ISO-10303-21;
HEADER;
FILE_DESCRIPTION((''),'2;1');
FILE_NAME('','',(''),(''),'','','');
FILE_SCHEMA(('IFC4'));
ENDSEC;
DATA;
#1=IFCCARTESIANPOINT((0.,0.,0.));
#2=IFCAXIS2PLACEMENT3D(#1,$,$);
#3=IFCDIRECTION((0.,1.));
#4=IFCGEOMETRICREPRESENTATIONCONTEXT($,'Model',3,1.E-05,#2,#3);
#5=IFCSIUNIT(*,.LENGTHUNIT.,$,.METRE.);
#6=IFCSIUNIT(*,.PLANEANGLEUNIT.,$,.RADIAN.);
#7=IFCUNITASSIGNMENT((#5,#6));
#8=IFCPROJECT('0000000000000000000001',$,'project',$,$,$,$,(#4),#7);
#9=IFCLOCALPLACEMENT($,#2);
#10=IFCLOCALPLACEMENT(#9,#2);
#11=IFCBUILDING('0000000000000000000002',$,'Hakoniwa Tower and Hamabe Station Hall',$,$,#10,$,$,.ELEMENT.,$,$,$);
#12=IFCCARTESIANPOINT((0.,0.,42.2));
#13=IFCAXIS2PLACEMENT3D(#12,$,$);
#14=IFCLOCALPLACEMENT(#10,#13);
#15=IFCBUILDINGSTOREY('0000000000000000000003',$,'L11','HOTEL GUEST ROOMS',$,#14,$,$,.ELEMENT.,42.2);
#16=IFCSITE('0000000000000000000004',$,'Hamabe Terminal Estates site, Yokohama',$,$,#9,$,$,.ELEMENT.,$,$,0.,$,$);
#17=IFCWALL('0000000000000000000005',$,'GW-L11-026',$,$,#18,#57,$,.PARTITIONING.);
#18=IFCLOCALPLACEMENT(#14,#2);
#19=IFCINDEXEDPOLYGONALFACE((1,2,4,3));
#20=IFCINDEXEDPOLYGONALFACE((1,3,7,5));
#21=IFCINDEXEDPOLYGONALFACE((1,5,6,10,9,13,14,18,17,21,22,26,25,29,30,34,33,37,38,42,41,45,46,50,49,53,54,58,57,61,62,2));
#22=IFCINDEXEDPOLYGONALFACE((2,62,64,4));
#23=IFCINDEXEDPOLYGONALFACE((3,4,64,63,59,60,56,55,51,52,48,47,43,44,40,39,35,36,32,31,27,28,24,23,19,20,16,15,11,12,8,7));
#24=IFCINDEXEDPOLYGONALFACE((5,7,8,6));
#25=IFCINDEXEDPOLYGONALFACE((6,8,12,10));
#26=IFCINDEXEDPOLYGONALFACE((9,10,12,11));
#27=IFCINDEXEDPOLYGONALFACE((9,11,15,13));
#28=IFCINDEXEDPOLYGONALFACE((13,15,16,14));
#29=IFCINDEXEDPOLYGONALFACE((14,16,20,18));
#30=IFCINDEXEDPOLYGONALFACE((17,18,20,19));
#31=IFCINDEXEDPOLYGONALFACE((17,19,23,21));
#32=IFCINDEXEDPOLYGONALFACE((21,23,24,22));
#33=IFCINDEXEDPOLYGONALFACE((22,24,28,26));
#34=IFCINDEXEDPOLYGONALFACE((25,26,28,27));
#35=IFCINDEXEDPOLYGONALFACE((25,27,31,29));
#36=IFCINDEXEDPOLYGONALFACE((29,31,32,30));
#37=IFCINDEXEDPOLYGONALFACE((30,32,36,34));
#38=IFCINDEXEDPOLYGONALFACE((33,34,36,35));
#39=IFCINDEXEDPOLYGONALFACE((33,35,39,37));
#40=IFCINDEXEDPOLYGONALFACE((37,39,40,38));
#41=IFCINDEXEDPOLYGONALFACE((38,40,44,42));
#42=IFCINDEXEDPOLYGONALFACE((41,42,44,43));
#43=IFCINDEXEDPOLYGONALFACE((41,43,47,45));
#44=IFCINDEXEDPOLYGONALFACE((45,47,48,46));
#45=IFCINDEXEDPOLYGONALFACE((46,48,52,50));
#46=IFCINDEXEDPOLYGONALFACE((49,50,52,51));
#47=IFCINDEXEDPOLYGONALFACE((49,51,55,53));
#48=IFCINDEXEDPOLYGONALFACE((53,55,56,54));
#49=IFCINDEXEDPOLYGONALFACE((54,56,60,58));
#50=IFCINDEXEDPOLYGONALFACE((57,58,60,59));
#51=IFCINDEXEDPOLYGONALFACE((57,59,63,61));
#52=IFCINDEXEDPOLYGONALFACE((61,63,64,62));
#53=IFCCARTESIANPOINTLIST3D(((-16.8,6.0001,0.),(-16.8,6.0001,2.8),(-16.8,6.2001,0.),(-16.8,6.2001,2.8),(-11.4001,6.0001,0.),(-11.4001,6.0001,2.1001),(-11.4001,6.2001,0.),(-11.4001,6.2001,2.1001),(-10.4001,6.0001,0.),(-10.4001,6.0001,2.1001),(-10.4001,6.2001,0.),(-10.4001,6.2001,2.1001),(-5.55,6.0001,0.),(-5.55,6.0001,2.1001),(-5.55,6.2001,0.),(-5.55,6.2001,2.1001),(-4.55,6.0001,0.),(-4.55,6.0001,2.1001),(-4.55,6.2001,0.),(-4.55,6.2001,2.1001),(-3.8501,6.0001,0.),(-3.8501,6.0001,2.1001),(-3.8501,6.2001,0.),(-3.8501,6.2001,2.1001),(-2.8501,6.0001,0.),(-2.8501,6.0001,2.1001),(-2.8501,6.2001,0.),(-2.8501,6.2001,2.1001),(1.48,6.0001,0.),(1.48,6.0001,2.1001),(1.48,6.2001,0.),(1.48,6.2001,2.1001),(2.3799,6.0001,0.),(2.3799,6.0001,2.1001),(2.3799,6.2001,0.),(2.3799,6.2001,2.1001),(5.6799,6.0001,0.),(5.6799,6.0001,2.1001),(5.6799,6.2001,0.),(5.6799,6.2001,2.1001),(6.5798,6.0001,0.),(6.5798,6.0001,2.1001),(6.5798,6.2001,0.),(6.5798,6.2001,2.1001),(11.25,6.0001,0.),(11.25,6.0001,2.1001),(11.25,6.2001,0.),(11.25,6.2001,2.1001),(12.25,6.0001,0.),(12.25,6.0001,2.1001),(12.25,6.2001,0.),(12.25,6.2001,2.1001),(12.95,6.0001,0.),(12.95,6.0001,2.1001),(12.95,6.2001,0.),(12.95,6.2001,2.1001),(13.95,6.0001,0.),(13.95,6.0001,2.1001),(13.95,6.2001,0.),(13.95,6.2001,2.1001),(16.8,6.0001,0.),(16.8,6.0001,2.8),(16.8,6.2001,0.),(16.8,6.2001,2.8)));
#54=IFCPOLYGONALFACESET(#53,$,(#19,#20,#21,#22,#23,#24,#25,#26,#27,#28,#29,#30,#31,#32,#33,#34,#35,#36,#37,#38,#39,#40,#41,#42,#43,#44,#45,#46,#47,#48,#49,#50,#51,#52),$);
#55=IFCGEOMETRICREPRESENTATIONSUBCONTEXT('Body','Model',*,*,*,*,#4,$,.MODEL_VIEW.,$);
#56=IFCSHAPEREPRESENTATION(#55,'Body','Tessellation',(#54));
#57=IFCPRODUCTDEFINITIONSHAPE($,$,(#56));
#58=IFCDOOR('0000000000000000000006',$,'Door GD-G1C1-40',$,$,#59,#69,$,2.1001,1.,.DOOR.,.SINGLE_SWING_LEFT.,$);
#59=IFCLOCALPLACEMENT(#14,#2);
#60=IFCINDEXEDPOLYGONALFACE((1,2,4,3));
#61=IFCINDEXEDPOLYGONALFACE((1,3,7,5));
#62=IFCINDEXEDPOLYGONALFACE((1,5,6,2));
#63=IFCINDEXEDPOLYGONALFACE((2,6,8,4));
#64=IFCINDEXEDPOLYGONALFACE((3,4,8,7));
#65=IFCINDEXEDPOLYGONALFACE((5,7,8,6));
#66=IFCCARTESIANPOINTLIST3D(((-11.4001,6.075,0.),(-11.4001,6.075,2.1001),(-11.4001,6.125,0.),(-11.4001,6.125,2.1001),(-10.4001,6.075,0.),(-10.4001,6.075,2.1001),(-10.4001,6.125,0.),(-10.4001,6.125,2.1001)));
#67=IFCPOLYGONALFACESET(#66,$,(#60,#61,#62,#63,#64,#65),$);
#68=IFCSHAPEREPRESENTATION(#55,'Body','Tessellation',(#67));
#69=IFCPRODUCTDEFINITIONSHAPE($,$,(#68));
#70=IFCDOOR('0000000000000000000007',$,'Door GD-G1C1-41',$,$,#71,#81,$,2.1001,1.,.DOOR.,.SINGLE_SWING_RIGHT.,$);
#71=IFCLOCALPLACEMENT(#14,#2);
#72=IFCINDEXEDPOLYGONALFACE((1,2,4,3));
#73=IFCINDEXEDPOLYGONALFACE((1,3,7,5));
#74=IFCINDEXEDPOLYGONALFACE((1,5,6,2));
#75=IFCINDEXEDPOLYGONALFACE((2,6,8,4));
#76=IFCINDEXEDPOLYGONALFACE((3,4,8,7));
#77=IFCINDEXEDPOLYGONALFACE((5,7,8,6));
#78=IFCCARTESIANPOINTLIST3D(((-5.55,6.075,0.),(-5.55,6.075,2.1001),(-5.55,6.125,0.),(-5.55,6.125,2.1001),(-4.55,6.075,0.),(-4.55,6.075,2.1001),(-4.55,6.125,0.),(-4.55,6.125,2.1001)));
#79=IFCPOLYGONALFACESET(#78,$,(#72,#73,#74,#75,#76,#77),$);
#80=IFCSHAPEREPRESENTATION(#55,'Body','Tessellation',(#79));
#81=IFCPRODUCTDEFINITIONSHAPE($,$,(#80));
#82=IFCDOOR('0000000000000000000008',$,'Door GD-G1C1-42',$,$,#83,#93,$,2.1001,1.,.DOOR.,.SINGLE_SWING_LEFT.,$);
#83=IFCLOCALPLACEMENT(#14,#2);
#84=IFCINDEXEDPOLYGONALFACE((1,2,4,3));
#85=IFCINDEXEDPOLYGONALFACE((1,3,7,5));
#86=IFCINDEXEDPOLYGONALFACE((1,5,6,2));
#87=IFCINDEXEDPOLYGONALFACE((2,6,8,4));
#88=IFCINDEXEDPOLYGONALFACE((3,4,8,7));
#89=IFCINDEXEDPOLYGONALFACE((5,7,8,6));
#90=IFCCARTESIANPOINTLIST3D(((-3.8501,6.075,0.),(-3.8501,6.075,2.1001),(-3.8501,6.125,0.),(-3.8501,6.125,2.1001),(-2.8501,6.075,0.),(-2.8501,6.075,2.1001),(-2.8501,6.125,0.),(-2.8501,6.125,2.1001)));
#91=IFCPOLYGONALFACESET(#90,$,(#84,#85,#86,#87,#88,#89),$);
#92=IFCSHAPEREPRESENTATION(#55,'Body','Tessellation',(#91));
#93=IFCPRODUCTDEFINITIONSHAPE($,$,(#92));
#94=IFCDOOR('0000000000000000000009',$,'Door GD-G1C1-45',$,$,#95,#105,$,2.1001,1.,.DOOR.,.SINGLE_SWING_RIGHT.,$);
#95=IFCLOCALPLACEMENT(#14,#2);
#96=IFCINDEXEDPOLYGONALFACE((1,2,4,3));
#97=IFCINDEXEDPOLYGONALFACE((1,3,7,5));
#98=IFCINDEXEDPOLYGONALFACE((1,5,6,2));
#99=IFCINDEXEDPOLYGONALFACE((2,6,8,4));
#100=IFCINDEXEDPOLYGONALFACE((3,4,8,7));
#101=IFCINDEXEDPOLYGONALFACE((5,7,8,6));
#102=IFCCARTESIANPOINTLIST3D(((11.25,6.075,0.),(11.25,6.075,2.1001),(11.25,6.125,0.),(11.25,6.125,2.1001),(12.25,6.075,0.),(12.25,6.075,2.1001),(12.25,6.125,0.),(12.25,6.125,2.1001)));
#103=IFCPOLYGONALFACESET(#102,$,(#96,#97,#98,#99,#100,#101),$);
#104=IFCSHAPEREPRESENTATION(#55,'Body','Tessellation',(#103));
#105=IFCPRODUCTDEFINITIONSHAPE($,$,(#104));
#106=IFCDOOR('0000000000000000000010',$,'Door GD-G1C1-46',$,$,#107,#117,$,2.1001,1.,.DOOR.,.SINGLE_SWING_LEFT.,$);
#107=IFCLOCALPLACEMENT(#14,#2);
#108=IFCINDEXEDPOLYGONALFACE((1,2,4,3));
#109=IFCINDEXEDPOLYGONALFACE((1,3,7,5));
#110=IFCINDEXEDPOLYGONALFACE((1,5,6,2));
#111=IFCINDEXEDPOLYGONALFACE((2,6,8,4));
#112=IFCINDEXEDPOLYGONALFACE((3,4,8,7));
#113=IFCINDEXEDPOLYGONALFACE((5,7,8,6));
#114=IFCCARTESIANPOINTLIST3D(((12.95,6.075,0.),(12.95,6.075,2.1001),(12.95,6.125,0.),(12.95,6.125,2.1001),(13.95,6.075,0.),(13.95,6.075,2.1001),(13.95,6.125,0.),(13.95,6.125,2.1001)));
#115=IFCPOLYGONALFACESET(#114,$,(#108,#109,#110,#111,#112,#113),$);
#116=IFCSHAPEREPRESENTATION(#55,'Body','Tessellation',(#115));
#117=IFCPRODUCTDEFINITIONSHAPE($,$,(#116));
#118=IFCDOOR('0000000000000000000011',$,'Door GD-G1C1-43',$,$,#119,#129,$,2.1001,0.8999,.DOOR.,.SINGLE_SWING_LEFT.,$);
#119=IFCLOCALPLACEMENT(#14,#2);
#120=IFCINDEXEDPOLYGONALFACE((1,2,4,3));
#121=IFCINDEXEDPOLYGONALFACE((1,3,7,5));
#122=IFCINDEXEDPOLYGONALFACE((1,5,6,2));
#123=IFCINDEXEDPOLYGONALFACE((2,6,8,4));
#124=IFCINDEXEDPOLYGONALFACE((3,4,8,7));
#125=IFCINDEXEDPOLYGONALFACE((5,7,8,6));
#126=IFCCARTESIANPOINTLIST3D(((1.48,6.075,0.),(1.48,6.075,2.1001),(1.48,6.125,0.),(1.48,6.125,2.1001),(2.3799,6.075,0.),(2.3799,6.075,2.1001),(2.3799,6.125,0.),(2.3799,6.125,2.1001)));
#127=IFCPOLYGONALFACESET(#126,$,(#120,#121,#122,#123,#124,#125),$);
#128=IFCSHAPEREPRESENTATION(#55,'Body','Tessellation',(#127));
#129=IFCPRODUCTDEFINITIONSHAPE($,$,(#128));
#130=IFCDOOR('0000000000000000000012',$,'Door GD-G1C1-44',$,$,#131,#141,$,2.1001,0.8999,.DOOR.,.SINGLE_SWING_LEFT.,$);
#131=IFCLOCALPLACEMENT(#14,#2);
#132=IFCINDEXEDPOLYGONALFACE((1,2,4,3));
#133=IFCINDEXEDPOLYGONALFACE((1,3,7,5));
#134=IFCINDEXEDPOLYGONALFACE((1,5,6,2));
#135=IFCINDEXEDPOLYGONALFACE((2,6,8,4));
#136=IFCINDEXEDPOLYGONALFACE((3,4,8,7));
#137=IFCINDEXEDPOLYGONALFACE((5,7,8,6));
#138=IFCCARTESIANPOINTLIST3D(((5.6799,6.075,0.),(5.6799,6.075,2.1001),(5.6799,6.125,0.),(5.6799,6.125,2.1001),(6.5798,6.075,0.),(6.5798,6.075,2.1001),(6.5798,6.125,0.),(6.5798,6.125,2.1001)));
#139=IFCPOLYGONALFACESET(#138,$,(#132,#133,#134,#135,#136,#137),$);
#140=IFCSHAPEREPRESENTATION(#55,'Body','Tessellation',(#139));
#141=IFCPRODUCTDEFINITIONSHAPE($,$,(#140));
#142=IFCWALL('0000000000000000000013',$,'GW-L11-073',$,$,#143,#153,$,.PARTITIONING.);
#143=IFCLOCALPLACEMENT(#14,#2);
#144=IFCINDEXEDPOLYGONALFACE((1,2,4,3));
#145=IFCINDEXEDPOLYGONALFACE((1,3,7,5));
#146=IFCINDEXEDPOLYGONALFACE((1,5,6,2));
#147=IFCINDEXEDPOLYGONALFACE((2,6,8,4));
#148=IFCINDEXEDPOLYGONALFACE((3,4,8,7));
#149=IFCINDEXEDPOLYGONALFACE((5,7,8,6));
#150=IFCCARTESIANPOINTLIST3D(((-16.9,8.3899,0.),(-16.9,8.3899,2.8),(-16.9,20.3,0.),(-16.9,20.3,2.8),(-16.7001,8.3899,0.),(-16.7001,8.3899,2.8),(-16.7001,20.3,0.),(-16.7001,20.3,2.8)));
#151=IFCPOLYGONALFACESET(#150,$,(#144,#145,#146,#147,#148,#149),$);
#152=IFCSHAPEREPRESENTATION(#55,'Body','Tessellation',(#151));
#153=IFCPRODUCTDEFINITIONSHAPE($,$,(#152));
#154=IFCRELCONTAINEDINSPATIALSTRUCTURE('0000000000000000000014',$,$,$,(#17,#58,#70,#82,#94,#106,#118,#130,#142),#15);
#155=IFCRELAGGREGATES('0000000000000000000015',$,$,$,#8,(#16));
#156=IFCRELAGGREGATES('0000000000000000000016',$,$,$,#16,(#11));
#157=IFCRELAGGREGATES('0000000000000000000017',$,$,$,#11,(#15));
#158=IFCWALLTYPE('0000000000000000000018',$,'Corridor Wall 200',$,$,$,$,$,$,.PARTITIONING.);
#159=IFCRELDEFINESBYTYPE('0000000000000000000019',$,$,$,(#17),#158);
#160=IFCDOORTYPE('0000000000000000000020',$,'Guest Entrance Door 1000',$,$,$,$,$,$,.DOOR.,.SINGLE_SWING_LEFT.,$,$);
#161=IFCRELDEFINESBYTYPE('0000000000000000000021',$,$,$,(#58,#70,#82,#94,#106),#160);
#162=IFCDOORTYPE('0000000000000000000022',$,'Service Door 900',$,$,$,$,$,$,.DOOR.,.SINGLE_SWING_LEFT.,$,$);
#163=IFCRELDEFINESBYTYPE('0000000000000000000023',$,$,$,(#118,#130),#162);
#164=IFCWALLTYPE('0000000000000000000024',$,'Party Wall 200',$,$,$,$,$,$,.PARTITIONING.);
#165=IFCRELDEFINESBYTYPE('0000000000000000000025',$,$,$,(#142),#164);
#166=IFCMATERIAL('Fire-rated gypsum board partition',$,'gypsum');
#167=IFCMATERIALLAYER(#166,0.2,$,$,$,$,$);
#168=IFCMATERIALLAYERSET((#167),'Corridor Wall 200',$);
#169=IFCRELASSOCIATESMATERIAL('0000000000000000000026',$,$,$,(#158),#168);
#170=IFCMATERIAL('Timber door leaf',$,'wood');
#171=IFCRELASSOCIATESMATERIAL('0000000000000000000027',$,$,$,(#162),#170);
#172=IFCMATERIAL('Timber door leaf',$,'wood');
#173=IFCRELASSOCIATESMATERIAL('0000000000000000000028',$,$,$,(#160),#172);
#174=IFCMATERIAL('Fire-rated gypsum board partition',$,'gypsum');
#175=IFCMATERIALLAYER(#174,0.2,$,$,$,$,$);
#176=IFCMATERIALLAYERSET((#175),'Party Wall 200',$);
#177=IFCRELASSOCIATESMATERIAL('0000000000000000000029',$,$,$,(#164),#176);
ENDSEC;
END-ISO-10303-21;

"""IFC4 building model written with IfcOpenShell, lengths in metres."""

from ifc_helpers import new_model, si_unit, direction, frame, frame_2d, origin, place, context, subcontext, project, spatial, rectangle, extrude, material, layer, layer_set, type_object, element, fill, save


model = new_model("IFC4")

# Units and contexts
model_context = context("Model", 3, precision=1e-05, world=origin(), true_north=direction((0.0, 1.0)))
body_context = subcontext(model_context, "Body", "Model", "MODEL_VIEW")
ifc_project = project(units=[si_unit("LENGTHUNIT", "METRE"), si_unit("PLANEANGLEUNIT", "RADIAN")], contexts=[model_context])

# Site, building, storey
site_placement = place(None, origin())
site = spatial("IfcSite", under=ifc_project, at=site_placement, Name="Hamabe Terminal Estates site, Yokohama", CompositionType="ELEMENT", RefElevation=0.0)
building_placement = place(site_placement, origin())
building = spatial("IfcBuilding", under=site, at=building_placement, Name="Hakoniwa Tower and Hamabe Station Hall", CompositionType="ELEMENT")
storey_placement = place(building_placement, frame((0.0, 0.0, 42.2)))
storey = spatial("IfcBuildingStorey", under=building, at=storey_placement, Name="L11", Description="HOTEL GUEST ROOMS", CompositionType="ELEMENT", Elevation=42.2)

# Wall, openings, doors
ifc_material_1 = material(Name="Fire-rated gypsum board partition", Category="gypsum")
ifc_layer_1 = layer(ifc_material_1, 0.2)
ifc_layer_set_1 = layer_set([ifc_layer_1], Name="Corridor Wall 200")
wall_type_1 = type_object("IfcWallType", Name="Corridor Wall 200", PredefinedType="PARTITIONING", material=ifc_layer_set_1)
ifc_material_2 = material(Name="Timber door leaf", Category="wood")
door_type_1 = type_object("IfcDoorType", Name="Service Door 900", OperationType="SINGLE_SWING_LEFT", PredefinedType="DOOR", material=ifc_material_2)
wall_1_placement = place(storey_placement, frame((-16.8, 6.1001, 0.0), z_axis=(0.0, 0.0, 1.0), x_axis=(1.0, 0.0, 0.0)))
wall_1 = element("IfcWall", 1, at=wall_1_placement, inside=storey, type_object=wall_type_1, Name="GW-L11-026", PredefinedType="PARTITIONING", context=body_context, shape_type="SweptSolid", body=[
    extrude(rectangle(XDim=33.6001, YDim=0.2, at=frame_2d((16.8, 0.0))), origin(), (0.0, 0.0, 1.0), 2.8),
])
opening_1_placement = place(wall_1_placement, frame((5.3999, 0.0, 0.0)))
opening_1 = element("IfcOpeningElement", 2, at=opening_1_placement, cuts=wall_1, PredefinedType="OPENING", context=body_context, shape_type="SweptSolid", body=[
    extrude(rectangle(XDim=1.0, YDim=2.1001, at=frame_2d((0.5, 1.05))), frame((0.0, 0.1099, 0.0), z_axis=(0.0, -1.0, 0.0), x_axis=(1.0, 0.0, 0.0)), (0.0, 0.0, 1.0), 0.22),
])
opening_2_placement = place(wall_1_placement, frame((11.25, 0.0, 0.0)))
opening_2 = element("IfcOpeningElement", 3, at=opening_2_placement, cuts=wall_1, PredefinedType="OPENING", context=body_context, shape_type="SweptSolid", body=[
    extrude(rectangle(XDim=1.0, YDim=2.1001, at=frame_2d((0.5, 1.05))), frame((0.0, 0.1099, 0.0), z_axis=(0.0, -1.0, 0.0), x_axis=(1.0, 0.0, 0.0)), (0.0, 0.0, 1.0), 0.22),
])
opening_3_placement = place(wall_1_placement, frame((12.95, 0.0, 0.0)))
opening_3 = element("IfcOpeningElement", 4, at=opening_3_placement, cuts=wall_1, PredefinedType="OPENING", context=body_context, shape_type="SweptSolid", body=[
    extrude(rectangle(XDim=1.0, YDim=2.1001, at=frame_2d((0.5, 1.05))), frame((0.0, 0.1099, 0.0), z_axis=(0.0, -1.0, 0.0), x_axis=(1.0, 0.0, 0.0)), (0.0, 0.0, 1.0), 0.22),
])
opening_4_placement = place(wall_1_placement, frame((18.28, 0.0, 0.0)))
opening_4 = element("IfcOpeningElement", 5, at=opening_4_placement, cuts=wall_1, PredefinedType="OPENING", context=body_context, shape_type="SweptSolid", body=[
    extrude(rectangle(XDim=0.8999, YDim=2.1001, at=frame_2d((0.45, 1.05))), frame((0.0, 0.1099, 0.0), z_axis=(0.0, -1.0, 0.0), x_axis=(1.0, 0.0, 0.0)), (0.0, 0.0, 1.0), 0.22),
])
opening_5_placement = place(wall_1_placement, frame((22.48, 0.0, 0.0)))
opening_5 = element("IfcOpeningElement", 6, at=opening_5_placement, cuts=wall_1, PredefinedType="OPENING", context=body_context, shape_type="SweptSolid", body=[
    extrude(rectangle(XDim=0.8999, YDim=2.1001, at=frame_2d((0.45, 1.05))), frame((0.0, 0.1099, 0.0), z_axis=(0.0, -1.0, 0.0), x_axis=(1.0, 0.0, 0.0)), (0.0, 0.0, 1.0), 0.22),
])
opening_6_placement = place(wall_1_placement, frame((28.05, 0.0, 0.0)))
opening_6 = element("IfcOpeningElement", 7, at=opening_6_placement, cuts=wall_1, PredefinedType="OPENING", context=body_context, shape_type="SweptSolid", body=[
    extrude(rectangle(XDim=1.0, YDim=2.1001, at=frame_2d((0.5, 1.05))), frame((0.0, 0.1099, 0.0), z_axis=(0.0, -1.0, 0.0), x_axis=(1.0, 0.0, 0.0)), (0.0, 0.0, 1.0), 0.22),
])
opening_7_placement = place(wall_1_placement, frame((29.75, 0.0, 0.0)))
opening_7 = element("IfcOpeningElement", 8, at=opening_7_placement, cuts=wall_1, PredefinedType="OPENING", context=body_context, shape_type="SweptSolid", body=[
    extrude(rectangle(XDim=1.0, YDim=2.1001, at=frame_2d((0.5, 1.05))), frame((0.0, 0.1099, 0.0), z_axis=(0.0, -1.0, 0.0), x_axis=(1.0, 0.0, 0.0)), (0.0, 0.0, 1.0), 0.22),
])
ifc_material_3 = material(Name="Timber door leaf", Category="wood")
door_type_2 = type_object("IfcDoorType", Name="Guest Entrance Door 1000", OperationType="SINGLE_SWING_LEFT", PredefinedType="DOOR", material=ifc_material_3)
door_1_placement = place(opening_1_placement, origin())
door_1 = element("IfcDoor", 9, at=door_1_placement, inside=storey, type_object=door_type_2, Name="Door GD-G1C1-40", OperationType="SINGLE_SWING_LEFT", OverallHeight=2.1001, OverallWidth=1.0, PredefinedType="DOOR", context=body_context, shape_type="SweptSolid", body=[
    extrude(rectangle(XDim=1.0, YDim=2.1001, at=frame_2d((0.5, 1.05))), frame((0.0, 0.0249, 0.0), z_axis=(0.0, -1.0, 0.0), x_axis=(1.0, 0.0, 0.0)), (0.0, 0.0, 1.0), 0.05),
])
fill(opening_1, door_1)
door_2_placement = place(opening_2_placement, origin())
door_2 = element("IfcDoor", 10, at=door_2_placement, inside=storey, type_object=door_type_2, Name="Door GD-G1C1-41", OperationType="SINGLE_SWING_RIGHT", OverallHeight=2.1001, OverallWidth=1.0, PredefinedType="DOOR", context=body_context, shape_type="SweptSolid", body=[
    extrude(rectangle(XDim=1.0, YDim=2.1001, at=frame_2d((0.5, 1.05))), frame((0.0, 0.0249, 0.0), z_axis=(0.0, -1.0, 0.0), x_axis=(1.0, 0.0, 0.0)), (0.0, 0.0, 1.0), 0.05),
])
fill(opening_2, door_2)
door_3_placement = place(opening_3_placement, origin())
door_3 = element("IfcDoor", 11, at=door_3_placement, inside=storey, type_object=door_type_2, Name="Door GD-G1C1-42", OperationType="SINGLE_SWING_LEFT", OverallHeight=2.1001, OverallWidth=1.0, PredefinedType="DOOR", context=body_context, shape_type="SweptSolid", body=[
    extrude(rectangle(XDim=1.0, YDim=2.1001, at=frame_2d((0.5, 1.05))), frame((0.0, 0.0249, 0.0), z_axis=(0.0, -1.0, 0.0), x_axis=(1.0, 0.0, 0.0)), (0.0, 0.0, 1.0), 0.05),
])
fill(opening_3, door_3)
door_4_placement = place(opening_6_placement, origin())
door_4 = element("IfcDoor", 12, at=door_4_placement, inside=storey, type_object=door_type_2, Name="Door GD-G1C1-45", OperationType="SINGLE_SWING_RIGHT", OverallHeight=2.1001, OverallWidth=1.0, PredefinedType="DOOR", context=body_context, shape_type="SweptSolid", body=[
    extrude(rectangle(XDim=1.0, YDim=2.1001, at=frame_2d((0.5, 1.05))), frame((0.0, 0.0249, 0.0), z_axis=(0.0, -1.0, 0.0), x_axis=(1.0, 0.0, 0.0)), (0.0, 0.0, 1.0), 0.05),
])
fill(opening_6, door_4)
door_5_placement = place(opening_7_placement, origin())
door_5 = element("IfcDoor", 13, at=door_5_placement, inside=storey, type_object=door_type_2, Name="Door GD-G1C1-46", OperationType="SINGLE_SWING_LEFT", OverallHeight=2.1001, OverallWidth=1.0, PredefinedType="DOOR", context=body_context, shape_type="SweptSolid", body=[
    extrude(rectangle(XDim=1.0, YDim=2.1001, at=frame_2d((0.5, 1.05))), frame((0.0, 0.0249, 0.0), z_axis=(0.0, -1.0, 0.0), x_axis=(1.0, 0.0, 0.0)), (0.0, 0.0, 1.0), 0.05),
])
fill(opening_7, door_5)
door_6_placement = place(opening_4_placement, origin())
door_6 = element("IfcDoor", 14, at=door_6_placement, inside=storey, type_object=door_type_1, Name="Door GD-G1C1-43", OperationType="SINGLE_SWING_LEFT", OverallHeight=2.1001, OverallWidth=0.8999, PredefinedType="DOOR", context=body_context, shape_type="SweptSolid", body=[
    extrude(rectangle(XDim=0.8999, YDim=2.1001, at=frame_2d((0.45, 1.05))), frame((0.0, 0.0249, 0.0), z_axis=(0.0, -1.0, 0.0), x_axis=(1.0, 0.0, 0.0)), (0.0, 0.0, 1.0), 0.05),
])
fill(opening_4, door_6)
door_7_placement = place(opening_5_placement, origin())
door_7 = element("IfcDoor", 15, at=door_7_placement, inside=storey, type_object=door_type_1, Name="Door GD-G1C1-44", OperationType="SINGLE_SWING_LEFT", OverallHeight=2.1001, OverallWidth=0.8999, PredefinedType="DOOR", context=body_context, shape_type="SweptSolid", body=[
    extrude(rectangle(XDim=0.8999, YDim=2.1001, at=frame_2d((0.45, 1.05))), frame((0.0, 0.0249, 0.0), z_axis=(0.0, -1.0, 0.0), x_axis=(1.0, 0.0, 0.0)), (0.0, 0.0, 1.0), 0.05),
])
fill(opening_5, door_7)

# Wall
ifc_material_4 = material(Name="Fire-rated gypsum board partition", Category="gypsum")
ifc_layer_2 = layer(ifc_material_4, 0.2)
ifc_layer_set_2 = layer_set([ifc_layer_2], Name="Party Wall 200")
wall_type_2 = type_object("IfcWallType", Name="Party Wall 200", PredefinedType="PARTITIONING", material=ifc_layer_set_2)
wall_2_placement = place(storey_placement, frame((-16.8, 8.3899, 0.0), z_axis=(0.0, 0.0, 1.0), x_axis=(0.0, 1.0, 0.0)))
element("IfcWall", 16, at=wall_2_placement, inside=storey, type_object=wall_type_2, Name="GW-L11-073", PredefinedType="PARTITIONING", context=body_context, shape_type="SweptSolid", body=[
    extrude(rectangle(XDim=11.9102, YDim=0.2, at=frame_2d((5.9551, 0.0))), origin(), (0.0, 0.0, 1.0), 2.8),
])

save(model, "model.ifc")
